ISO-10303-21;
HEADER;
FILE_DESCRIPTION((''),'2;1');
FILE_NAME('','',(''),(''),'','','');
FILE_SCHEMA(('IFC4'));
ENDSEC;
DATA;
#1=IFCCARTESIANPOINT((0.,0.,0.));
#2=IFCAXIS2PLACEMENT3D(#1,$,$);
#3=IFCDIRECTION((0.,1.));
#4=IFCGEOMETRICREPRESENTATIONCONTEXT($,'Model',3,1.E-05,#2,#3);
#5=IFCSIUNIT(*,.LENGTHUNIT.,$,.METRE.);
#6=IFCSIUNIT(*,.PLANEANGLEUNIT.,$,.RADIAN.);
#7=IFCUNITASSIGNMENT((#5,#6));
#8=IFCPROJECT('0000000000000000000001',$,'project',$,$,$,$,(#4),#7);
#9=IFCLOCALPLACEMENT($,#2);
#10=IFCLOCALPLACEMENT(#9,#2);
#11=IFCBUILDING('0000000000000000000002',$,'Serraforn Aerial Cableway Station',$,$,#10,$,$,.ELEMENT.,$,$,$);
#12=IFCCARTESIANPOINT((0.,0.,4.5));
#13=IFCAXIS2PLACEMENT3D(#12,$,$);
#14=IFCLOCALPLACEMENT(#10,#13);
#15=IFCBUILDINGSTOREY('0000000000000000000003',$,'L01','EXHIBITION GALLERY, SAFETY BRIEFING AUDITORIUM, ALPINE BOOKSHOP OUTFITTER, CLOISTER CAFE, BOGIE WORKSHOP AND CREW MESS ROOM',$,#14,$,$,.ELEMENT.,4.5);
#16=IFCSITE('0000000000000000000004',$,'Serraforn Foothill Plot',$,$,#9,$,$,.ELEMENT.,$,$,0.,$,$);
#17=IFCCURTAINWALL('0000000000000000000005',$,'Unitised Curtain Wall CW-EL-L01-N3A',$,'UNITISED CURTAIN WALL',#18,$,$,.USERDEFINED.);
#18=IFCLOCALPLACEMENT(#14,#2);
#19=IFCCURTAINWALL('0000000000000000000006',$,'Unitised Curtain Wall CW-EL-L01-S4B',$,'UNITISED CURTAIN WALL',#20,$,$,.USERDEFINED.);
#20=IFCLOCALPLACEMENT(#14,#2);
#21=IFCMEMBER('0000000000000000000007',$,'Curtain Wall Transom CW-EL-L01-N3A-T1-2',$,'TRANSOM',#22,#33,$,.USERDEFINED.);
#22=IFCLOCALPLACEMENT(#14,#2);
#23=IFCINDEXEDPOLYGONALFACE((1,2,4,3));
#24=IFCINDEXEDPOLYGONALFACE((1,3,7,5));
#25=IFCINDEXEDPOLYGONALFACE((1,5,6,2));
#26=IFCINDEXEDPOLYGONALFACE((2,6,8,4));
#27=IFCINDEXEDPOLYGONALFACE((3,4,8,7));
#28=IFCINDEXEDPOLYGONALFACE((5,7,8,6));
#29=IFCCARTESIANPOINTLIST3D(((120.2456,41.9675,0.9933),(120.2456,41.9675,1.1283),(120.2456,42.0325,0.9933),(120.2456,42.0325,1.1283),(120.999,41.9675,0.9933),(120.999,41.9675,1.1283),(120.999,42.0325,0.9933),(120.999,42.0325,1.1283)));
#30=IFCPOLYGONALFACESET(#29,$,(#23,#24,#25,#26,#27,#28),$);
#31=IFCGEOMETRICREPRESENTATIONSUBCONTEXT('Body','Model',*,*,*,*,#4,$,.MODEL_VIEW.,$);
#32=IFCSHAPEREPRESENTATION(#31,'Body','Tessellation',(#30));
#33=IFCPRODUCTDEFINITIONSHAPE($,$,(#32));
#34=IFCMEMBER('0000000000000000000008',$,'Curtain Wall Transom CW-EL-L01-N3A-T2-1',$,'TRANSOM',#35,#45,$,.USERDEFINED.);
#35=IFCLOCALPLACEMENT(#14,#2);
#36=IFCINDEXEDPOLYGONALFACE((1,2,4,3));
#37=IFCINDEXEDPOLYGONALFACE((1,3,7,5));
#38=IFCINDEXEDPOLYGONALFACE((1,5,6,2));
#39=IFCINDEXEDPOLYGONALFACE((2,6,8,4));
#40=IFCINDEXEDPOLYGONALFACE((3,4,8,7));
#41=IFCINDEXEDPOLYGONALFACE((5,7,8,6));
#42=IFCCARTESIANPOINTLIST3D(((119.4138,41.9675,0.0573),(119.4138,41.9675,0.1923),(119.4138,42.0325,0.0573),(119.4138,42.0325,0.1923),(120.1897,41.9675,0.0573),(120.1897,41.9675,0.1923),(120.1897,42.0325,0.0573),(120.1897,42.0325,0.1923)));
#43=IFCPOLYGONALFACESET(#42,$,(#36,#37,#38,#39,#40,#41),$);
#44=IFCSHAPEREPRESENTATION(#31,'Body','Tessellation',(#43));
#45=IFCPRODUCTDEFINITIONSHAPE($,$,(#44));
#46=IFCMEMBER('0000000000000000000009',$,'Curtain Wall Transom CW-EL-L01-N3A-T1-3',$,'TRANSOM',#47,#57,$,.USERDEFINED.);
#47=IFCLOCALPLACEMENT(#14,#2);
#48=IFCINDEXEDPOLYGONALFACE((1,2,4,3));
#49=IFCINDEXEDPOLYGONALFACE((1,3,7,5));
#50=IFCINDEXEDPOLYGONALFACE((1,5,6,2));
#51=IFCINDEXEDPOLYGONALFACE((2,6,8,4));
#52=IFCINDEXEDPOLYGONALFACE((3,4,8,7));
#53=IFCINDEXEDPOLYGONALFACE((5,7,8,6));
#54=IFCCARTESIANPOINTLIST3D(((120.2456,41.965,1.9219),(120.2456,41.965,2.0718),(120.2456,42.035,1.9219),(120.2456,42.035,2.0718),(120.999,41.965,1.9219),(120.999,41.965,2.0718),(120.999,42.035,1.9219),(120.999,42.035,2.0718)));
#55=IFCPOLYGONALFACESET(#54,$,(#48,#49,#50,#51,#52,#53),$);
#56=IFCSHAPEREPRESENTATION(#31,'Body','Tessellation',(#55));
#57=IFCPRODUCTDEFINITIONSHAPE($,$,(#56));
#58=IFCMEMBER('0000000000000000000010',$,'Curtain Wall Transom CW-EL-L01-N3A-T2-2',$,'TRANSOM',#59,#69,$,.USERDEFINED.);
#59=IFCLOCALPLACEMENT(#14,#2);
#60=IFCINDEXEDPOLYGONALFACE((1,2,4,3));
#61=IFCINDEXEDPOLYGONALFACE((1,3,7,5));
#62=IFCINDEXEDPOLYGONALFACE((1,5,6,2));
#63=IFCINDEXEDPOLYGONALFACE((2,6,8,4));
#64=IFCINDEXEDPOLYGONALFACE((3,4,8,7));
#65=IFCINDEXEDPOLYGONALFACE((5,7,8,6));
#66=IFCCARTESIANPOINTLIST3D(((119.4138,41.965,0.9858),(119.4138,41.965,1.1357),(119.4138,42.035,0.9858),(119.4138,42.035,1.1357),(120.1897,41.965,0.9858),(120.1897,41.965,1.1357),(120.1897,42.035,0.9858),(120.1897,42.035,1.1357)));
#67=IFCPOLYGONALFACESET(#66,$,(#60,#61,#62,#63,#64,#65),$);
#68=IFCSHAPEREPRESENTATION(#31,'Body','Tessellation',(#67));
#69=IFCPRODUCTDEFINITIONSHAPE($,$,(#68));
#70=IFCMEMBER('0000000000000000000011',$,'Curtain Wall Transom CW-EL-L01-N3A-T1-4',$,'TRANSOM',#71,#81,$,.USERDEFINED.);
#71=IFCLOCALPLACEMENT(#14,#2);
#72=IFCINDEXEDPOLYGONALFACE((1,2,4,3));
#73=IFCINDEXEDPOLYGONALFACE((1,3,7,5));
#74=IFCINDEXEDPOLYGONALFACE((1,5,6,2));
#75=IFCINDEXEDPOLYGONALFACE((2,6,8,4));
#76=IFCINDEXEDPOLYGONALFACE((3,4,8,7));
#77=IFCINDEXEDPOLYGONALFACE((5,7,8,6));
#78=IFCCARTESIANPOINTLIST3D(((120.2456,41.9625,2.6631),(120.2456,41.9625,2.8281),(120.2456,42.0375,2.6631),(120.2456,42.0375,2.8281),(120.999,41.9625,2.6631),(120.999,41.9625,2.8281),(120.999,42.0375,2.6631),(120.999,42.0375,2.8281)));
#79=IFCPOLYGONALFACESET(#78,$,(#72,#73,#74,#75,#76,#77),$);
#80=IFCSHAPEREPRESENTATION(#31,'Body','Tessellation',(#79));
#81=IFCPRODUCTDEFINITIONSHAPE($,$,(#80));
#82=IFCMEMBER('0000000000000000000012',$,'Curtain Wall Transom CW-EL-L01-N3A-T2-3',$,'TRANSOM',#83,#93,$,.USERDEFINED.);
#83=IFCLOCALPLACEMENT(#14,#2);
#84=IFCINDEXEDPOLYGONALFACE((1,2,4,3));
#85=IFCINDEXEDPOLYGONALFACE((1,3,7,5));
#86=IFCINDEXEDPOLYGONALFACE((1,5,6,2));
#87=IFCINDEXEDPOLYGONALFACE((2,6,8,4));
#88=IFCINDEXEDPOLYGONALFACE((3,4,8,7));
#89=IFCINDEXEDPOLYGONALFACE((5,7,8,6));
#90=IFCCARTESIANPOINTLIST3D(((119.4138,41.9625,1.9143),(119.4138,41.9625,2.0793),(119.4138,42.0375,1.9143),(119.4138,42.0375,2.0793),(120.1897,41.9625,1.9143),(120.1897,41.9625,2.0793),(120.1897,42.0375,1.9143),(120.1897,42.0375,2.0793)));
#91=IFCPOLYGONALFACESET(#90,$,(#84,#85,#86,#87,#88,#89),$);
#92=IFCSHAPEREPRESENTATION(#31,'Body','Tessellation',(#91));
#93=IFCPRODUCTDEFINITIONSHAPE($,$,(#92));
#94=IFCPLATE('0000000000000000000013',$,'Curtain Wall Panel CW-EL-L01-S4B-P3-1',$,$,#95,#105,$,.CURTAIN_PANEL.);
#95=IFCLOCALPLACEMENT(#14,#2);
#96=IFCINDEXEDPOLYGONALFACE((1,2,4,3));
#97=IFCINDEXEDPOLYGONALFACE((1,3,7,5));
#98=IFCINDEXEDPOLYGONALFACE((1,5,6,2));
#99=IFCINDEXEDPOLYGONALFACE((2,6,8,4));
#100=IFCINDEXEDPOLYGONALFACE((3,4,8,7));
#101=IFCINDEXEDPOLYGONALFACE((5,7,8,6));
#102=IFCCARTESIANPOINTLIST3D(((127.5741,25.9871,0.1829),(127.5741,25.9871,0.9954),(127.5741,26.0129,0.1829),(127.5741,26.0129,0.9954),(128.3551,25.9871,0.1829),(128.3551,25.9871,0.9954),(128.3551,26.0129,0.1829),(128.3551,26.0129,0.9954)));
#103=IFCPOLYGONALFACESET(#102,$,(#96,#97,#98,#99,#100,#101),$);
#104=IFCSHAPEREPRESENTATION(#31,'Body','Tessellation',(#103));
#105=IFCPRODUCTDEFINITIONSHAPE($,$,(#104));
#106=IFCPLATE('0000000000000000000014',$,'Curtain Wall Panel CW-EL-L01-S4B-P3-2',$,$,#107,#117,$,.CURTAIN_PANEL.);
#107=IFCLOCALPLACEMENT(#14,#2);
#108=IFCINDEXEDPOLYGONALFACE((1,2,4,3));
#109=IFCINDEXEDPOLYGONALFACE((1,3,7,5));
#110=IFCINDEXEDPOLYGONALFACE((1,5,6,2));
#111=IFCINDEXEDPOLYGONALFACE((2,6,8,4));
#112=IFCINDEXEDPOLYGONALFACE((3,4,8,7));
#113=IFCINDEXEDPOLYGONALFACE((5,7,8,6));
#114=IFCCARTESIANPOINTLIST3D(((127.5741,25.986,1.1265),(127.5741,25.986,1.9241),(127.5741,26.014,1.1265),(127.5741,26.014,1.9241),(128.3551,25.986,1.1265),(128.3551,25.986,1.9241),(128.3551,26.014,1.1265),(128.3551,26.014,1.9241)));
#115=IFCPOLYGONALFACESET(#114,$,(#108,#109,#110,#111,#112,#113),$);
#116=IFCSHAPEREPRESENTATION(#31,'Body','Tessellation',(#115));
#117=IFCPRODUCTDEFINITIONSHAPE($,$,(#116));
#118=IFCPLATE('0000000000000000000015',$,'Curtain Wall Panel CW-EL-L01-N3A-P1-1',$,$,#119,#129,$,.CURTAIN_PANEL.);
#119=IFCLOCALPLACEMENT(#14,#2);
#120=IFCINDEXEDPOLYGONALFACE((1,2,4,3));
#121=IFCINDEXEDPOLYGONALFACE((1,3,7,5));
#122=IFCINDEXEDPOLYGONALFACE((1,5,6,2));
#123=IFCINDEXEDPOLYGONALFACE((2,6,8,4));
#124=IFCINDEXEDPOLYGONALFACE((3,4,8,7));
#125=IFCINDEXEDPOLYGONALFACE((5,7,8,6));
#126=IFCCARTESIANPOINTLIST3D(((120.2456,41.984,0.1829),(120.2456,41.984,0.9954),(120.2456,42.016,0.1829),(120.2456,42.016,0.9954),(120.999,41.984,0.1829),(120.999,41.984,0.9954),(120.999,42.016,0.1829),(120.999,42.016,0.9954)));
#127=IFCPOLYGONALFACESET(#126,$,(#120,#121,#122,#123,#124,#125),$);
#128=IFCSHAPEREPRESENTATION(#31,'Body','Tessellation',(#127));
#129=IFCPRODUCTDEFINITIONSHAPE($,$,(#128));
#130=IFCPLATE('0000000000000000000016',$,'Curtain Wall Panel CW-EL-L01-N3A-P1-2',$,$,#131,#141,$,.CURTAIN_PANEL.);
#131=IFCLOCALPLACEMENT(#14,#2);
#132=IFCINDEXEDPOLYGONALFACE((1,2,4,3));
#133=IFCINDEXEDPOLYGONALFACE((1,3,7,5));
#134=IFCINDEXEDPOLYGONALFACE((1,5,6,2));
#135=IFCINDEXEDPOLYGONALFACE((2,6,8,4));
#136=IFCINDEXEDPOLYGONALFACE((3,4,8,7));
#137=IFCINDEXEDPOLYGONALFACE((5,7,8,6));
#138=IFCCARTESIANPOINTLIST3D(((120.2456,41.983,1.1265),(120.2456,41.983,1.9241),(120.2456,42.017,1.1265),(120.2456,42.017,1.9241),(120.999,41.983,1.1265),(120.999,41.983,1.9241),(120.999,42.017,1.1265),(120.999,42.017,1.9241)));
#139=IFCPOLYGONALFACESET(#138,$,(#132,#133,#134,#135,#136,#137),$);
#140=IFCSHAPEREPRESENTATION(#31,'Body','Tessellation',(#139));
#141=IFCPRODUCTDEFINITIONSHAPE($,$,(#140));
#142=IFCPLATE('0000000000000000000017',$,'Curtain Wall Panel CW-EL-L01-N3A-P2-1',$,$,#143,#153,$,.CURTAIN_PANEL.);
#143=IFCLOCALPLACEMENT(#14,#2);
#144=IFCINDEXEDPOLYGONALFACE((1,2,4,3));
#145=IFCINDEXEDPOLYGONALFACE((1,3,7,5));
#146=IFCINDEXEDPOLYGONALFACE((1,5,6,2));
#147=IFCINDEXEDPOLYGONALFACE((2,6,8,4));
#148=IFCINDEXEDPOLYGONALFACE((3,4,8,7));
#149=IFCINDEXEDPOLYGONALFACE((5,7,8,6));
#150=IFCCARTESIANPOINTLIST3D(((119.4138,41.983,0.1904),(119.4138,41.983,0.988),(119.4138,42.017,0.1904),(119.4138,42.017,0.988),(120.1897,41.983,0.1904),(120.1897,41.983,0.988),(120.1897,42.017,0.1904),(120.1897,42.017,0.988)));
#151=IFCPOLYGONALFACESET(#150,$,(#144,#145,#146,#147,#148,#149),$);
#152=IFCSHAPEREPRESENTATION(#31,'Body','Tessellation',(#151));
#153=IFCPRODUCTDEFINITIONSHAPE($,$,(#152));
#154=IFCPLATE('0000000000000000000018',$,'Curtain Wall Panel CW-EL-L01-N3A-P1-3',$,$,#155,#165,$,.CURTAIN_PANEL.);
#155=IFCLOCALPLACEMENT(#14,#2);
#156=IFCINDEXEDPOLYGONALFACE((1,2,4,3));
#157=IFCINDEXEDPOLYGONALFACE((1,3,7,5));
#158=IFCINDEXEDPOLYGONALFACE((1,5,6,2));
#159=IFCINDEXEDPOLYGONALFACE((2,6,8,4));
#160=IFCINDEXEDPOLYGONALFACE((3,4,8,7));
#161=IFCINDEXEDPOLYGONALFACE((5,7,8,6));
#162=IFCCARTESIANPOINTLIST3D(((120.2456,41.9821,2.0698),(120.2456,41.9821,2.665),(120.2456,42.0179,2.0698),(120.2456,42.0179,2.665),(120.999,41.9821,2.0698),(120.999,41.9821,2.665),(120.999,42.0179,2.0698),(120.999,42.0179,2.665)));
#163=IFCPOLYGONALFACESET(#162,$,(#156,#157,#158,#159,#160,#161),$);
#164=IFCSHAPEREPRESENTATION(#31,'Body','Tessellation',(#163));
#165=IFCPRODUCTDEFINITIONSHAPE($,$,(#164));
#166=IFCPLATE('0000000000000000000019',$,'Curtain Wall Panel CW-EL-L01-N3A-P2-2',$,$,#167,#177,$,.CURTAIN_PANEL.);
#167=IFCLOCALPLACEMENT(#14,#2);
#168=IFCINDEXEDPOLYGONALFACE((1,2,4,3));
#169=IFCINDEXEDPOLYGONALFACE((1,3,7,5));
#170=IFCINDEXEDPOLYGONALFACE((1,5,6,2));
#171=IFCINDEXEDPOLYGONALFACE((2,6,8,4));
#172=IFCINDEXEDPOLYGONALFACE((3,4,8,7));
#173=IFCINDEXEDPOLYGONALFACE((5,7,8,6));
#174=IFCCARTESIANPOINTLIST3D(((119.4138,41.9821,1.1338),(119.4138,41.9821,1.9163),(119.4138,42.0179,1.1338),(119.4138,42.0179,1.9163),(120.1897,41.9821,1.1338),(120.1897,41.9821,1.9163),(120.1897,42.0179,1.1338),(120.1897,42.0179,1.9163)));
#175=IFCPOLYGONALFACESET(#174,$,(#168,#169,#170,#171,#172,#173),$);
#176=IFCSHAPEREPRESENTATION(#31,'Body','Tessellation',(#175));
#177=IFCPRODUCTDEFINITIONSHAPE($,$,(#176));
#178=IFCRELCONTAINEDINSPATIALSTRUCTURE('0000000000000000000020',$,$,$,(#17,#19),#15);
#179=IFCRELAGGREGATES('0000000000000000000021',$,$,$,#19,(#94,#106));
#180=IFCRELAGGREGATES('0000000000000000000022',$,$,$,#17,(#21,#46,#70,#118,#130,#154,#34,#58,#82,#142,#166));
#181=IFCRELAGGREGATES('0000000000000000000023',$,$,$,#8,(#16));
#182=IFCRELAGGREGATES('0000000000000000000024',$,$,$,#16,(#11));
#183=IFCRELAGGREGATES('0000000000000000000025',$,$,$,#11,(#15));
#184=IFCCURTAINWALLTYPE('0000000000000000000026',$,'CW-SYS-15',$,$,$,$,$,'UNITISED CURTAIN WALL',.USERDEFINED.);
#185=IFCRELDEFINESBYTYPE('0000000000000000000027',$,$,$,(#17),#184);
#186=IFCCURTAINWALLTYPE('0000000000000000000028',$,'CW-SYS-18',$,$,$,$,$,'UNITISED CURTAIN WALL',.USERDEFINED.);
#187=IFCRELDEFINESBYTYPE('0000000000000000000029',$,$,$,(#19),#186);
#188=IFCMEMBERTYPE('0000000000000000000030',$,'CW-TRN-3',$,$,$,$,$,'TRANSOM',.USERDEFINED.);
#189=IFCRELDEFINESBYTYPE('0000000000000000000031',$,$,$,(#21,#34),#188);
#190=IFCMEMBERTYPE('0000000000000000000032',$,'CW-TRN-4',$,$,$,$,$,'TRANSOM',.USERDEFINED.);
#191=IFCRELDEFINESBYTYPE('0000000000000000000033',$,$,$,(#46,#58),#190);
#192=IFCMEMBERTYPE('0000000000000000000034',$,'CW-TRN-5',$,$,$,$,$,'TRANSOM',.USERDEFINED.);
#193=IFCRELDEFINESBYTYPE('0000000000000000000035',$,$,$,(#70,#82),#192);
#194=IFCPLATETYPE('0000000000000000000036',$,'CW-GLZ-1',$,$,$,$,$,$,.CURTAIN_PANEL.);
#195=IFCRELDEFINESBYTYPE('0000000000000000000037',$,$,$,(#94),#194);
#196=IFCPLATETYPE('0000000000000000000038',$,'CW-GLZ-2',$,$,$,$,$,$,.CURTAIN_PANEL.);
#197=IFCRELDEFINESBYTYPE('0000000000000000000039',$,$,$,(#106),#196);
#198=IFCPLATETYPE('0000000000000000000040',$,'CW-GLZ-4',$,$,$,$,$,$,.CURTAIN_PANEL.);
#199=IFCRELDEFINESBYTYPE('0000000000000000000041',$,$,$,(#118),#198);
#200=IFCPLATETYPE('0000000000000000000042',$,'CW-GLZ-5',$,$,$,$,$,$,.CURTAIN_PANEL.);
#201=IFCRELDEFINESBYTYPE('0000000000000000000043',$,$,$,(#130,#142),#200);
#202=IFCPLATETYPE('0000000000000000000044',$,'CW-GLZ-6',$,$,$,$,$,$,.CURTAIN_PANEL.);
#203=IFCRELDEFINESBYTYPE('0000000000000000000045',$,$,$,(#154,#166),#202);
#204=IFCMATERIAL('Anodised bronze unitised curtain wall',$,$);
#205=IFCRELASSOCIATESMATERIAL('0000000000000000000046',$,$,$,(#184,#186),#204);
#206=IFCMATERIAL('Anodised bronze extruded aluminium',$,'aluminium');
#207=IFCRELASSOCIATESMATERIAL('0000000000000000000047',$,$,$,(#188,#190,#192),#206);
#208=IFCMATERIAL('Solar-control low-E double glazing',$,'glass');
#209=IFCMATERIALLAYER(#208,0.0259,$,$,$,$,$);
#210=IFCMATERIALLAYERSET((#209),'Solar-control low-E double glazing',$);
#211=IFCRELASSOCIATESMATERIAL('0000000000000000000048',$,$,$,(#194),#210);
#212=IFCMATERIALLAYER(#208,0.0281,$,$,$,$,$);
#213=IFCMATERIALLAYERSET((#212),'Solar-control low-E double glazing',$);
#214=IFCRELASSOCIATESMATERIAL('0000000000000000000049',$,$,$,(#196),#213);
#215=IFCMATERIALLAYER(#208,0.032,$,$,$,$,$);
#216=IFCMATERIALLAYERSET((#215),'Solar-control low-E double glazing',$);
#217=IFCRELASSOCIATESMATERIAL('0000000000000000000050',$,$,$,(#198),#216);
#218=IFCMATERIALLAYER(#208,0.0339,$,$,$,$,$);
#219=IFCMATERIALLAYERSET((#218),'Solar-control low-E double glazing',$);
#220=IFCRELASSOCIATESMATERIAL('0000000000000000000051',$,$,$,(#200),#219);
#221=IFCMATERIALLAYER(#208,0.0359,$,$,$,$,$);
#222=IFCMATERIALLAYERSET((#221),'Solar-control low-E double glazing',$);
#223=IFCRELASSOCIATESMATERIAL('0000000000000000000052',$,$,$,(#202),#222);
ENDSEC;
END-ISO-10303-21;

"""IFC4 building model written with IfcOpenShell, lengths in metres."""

from ifc_helpers import new_model, si_unit, direction, frame, origin, origin_2d, place, context, subcontext, project, spatial, rectangle, extrude, material, layer, layer_set, material_profile, profile_set, type_object, element, aggregate, save


model = new_model("IFC4")

# Units and contexts
model_context = context("Model", 3, precision=1e-05, world=origin(), true_north=direction((0.0, 1.0)))
body_context = subcontext(model_context, "Body", "Model", "MODEL_VIEW")
ifc_project = project(units=[si_unit("LENGTHUNIT", "METRE"), si_unit("PLANEANGLEUNIT", "RADIAN")], contexts=[model_context])

# Site, building, storey
site_placement = place(None, origin())
site = spatial("IfcSite", under=ifc_project, at=site_placement, Name="Serraforn Foothill Plot", CompositionType="ELEMENT", RefElevation=0.0)
building_placement = place(site_placement, origin())
building = spatial("IfcBuilding", under=site, at=building_placement, Name="Serraforn Aerial Cableway Station", CompositionType="ELEMENT")
storey_placement = place(building_placement, frame((0.0, 0.0, 4.5)))
storey = spatial("IfcBuildingStorey", under=building, at=storey_placement, Name="L01", Description="EXHIBITION GALLERY, SAFETY BRIEFING AUDITORIUM, ALPINE BOOKSHOP OUTFITTER, CLOISTER CAFE, BOGIE WORKSHOP AND CREW MESS ROOM", CompositionType="ELEMENT", Elevation=4.5)

# Curtain wall
ifc_material_1 = material(Name="Anodised bronze unitised curtain wall")
curtain_wall_type_1 = type_object("IfcCurtainWallType", Name="CW-SYS-15", ElementType="UNITISED CURTAIN WALL", PredefinedType="USERDEFINED", material=ifc_material_1)
curtain_wall_1_placement = place(storey_placement, origin())
curtain_wall_1 = element("IfcCurtainWall", 1, at=curtain_wall_1_placement, inside=storey, type_object=curtain_wall_type_1, Name="Unitised Curtain Wall CW-EL-L01-N3A", ObjectType="UNITISED CURTAIN WALL", PredefinedType="USERDEFINED")
ifc_material_2 = material(Name="Anodised bronze extruded aluminium", Category="aluminium")

# Curtain wall
curtain_wall_type_2 = type_object("IfcCurtainWallType", Name="CW-SYS-18", ElementType="UNITISED CURTAIN WALL", PredefinedType="USERDEFINED", material=ifc_material_1)
curtain_wall_2_placement = place(storey_placement, origin())
curtain_wall_2 = element("IfcCurtainWall", 2, at=curtain_wall_2_placement, inside=storey, type_object=curtain_wall_type_2, Name="Unitised Curtain Wall CW-EL-L01-S4B", ObjectType="UNITISED CURTAIN WALL", PredefinedType="USERDEFINED")

# Members
ifc_material_profile_1 = material_profile(ifc_material_2, rectangle(XDim=0.0649, YDim=0.135, at=origin_2d()), Name="CW TRANSOM 65x135")
ifc_profile_set_1 = profile_set([ifc_material_profile_1], Name="Anodised bronze extruded aluminium")
member_type_1 = type_object("IfcMemberType", Name="CW-TRN-3", ElementType="TRANSOM", PredefinedType="USERDEFINED", material=ifc_profile_set_1)
member_1_placement = place(storey_placement, frame((120.999, 42.0, 1.0608), z_axis=(-1.0, 0.0, 0.0), x_axis=(0.0, -1.0, 0.0)))
member_1 = element("IfcMember", 3, at=member_1_placement, type_object=member_type_1, Name="Curtain Wall Transom CW-EL-L01-N3A-T1-2", ObjectType="TRANSOM", PredefinedType="USERDEFINED", context=body_context, shape_type="SweptSolid", body=[
    extrude(rectangle(XDim=0.0649, YDim=0.135, at=origin_2d()), origin(), (0.0, 0.0, 1.0), 0.7534),
])
member_2_placement = place(storey_placement, frame((120.1897, 42.0, 0.1248), z_axis=(-1.0, 0.0, 0.0), x_axis=(0.0, -1.0, 0.0)))
member_2 = element("IfcMember", 4, at=member_2_placement, type_object=member_type_1, Name="Curtain Wall Transom CW-EL-L01-N3A-T2-1", ObjectType="TRANSOM", PredefinedType="USERDEFINED", context=body_context, shape_type="SweptSolid", body=[
    extrude(rectangle(XDim=0.0649, YDim=0.135, at=origin_2d()), origin(), (0.0, 0.0, 1.0), 0.7759),
])
ifc_material_profile_2 = material_profile(ifc_material_2, rectangle(XDim=0.0701, YDim=0.1499, at=origin_2d()), Name="CW TRANSOM 70x150")
ifc_profile_set_2 = profile_set([ifc_material_profile_2], Name="Anodised bronze extruded aluminium")
member_type_2 = type_object("IfcMemberType", Name="CW-TRN-4", ElementType="TRANSOM", PredefinedType="USERDEFINED", material=ifc_profile_set_2)
member_3_placement = place(storey_placement, frame((120.999, 42.0, 1.9968), z_axis=(-1.0, 0.0, 0.0), x_axis=(0.0, -1.0, 0.0)))
member_3 = element("IfcMember", 5, at=member_3_placement, type_object=member_type_2, Name="Curtain Wall Transom CW-EL-L01-N3A-T1-3", ObjectType="TRANSOM", PredefinedType="USERDEFINED", context=body_context, shape_type="SweptSolid", body=[
    extrude(rectangle(XDim=0.0701, YDim=0.1499, at=origin_2d()), origin(), (0.0, 0.0, 1.0), 0.7534),
])
member_4_placement = place(storey_placement, frame((120.1897, 42.0, 1.0608), z_axis=(-1.0, 0.0, 0.0), x_axis=(0.0, -1.0, 0.0)))
member_4 = element("IfcMember", 6, at=member_4_placement, type_object=member_type_2, Name="Curtain Wall Transom CW-EL-L01-N3A-T2-2", ObjectType="TRANSOM", PredefinedType="USERDEFINED", context=body_context, shape_type="SweptSolid", body=[
    extrude(rectangle(XDim=0.0701, YDim=0.1499, at=origin_2d()), origin(), (0.0, 0.0, 1.0), 0.7759),
])
ifc_material_profile_3 = material_profile(ifc_material_2, rectangle(XDim=0.075, YDim=0.165, at=origin_2d()), Name="CW TRANSOM 75x165")
ifc_profile_set_3 = profile_set([ifc_material_profile_3], Name="Anodised bronze extruded aluminium")
member_type_3 = type_object("IfcMemberType", Name="CW-TRN-5", ElementType="TRANSOM", PredefinedType="USERDEFINED", material=ifc_profile_set_3)
member_5_placement = place(storey_placement, frame((120.999, 42.0, 2.7456), z_axis=(-1.0, 0.0, 0.0), x_axis=(0.0, -1.0, 0.0)))
member_5 = element("IfcMember", 7, at=member_5_placement, type_object=member_type_3, Name="Curtain Wall Transom CW-EL-L01-N3A-T1-4", ObjectType="TRANSOM", PredefinedType="USERDEFINED", context=body_context, shape_type="SweptSolid", body=[
    extrude(rectangle(XDim=0.075, YDim=0.165, at=origin_2d()), origin(), (0.0, 0.0, 1.0), 0.7534),
])
member_6_placement = place(storey_placement, frame((120.1897, 42.0, 1.9968), z_axis=(-1.0, 0.0, 0.0), x_axis=(0.0, -1.0, 0.0)))
member_6 = element("IfcMember", 8, at=member_6_placement, type_object=member_type_3, Name="Curtain Wall Transom CW-EL-L01-N3A-T2-3", ObjectType="TRANSOM", PredefinedType="USERDEFINED", context=body_context, shape_type="SweptSolid", body=[
    extrude(rectangle(XDim=0.075, YDim=0.165, at=origin_2d()), origin(), (0.0, 0.0, 1.0), 0.7759),
])

# Plates
ifc_material_3 = material(Name="Solar-control low-E double glazing", Category="glass")
ifc_layer_1 = layer(ifc_material_3, 0.0259)
ifc_layer_set_1 = layer_set([ifc_layer_1], Name="Solar-control low-E double glazing")
plate_type_1 = type_object("IfcPlateType", Name="CW-GLZ-1", PredefinedType="CURTAIN_PANEL", material=ifc_layer_set_1)
plate_1_placement = place(storey_placement, frame((127.9646, 26.0, 0.1829), z_axis=(0.0, 0.0, 1.0), x_axis=(1.0, 0.0, 0.0)))
plate_1 = element("IfcPlate", 9, at=plate_1_placement, type_object=plate_type_1, Name="Curtain Wall Panel CW-EL-L01-S4B-P3-1", PredefinedType="CURTAIN_PANEL", context=body_context, shape_type="SweptSolid", body=[
    extrude(rectangle(XDim=0.781, YDim=0.0259, at=origin_2d()), origin(), (0.0, 0.0, 1.0), 0.8125),
])
ifc_layer_2 = layer(ifc_material_3, 0.0281)
ifc_layer_set_2 = layer_set([ifc_layer_2], Name="Solar-control low-E double glazing")
plate_type_2 = type_object("IfcPlateType", Name="CW-GLZ-2", PredefinedType="CURTAIN_PANEL", material=ifc_layer_set_2)
plate_2_placement = place(storey_placement, frame((127.9646, 26.0, 1.1265), z_axis=(0.0, 0.0, 1.0), x_axis=(1.0, 0.0, 0.0)))
plate_2 = element("IfcPlate", 10, at=plate_2_placement, type_object=plate_type_2, Name="Curtain Wall Panel CW-EL-L01-S4B-P3-2", PredefinedType="CURTAIN_PANEL", context=body_context, shape_type="SweptSolid", body=[
    extrude(rectangle(XDim=0.781, YDim=0.0281, at=origin_2d()), origin(), (0.0, 0.0, 1.0), 0.7976),
])
aggregate(curtain_wall_2, [plate_1, plate_2])
ifc_layer_3 = layer(ifc_material_3, 0.032)
ifc_layer_set_3 = layer_set([ifc_layer_3], Name="Solar-control low-E double glazing")
plate_type_3 = type_object("IfcPlateType", Name="CW-GLZ-4", PredefinedType="CURTAIN_PANEL", material=ifc_layer_set_3)
plate_3_placement = place(storey_placement, frame((120.6223, 42.0, 0.1829), z_axis=(0.0, 0.0, 1.0), x_axis=(1.0, 0.0, 0.0)))
plate_3 = element("IfcPlate", 11, at=plate_3_placement, type_object=plate_type_3, Name="Curtain Wall Panel CW-EL-L01-N3A-P1-1", PredefinedType="CURTAIN_PANEL", context=body_context, shape_type="SweptSolid", body=[
    extrude(rectangle(XDim=0.7534, YDim=0.032, at=origin_2d()), origin(), (0.0, 0.0, 1.0), 0.8125),
])
ifc_layer_4 = layer(ifc_material_3, 0.0339)
ifc_layer_set_4 = layer_set([ifc_layer_4], Name="Solar-control low-E double glazing")
plate_type_4 = type_object("IfcPlateType", Name="CW-GLZ-5", PredefinedType="CURTAIN_PANEL", material=ifc_layer_set_4)
plate_4_placement = place(storey_placement, frame((120.6223, 42.0, 1.1265), z_axis=(0.0, 0.0, 1.0), x_axis=(1.0, 0.0, 0.0)))
plate_4 = element("IfcPlate", 12, at=plate_4_placement, type_object=plate_type_4, Name="Curtain Wall Panel CW-EL-L01-N3A-P1-2", PredefinedType="CURTAIN_PANEL", context=body_context, shape_type="SweptSolid", body=[
    extrude(rectangle(XDim=0.7534, YDim=0.0339, at=origin_2d()), origin(), (0.0, 0.0, 1.0), 0.7976),
])
plate_5_placement = place(storey_placement, frame((119.8018, 42.0, 0.1904), z_axis=(0.0, 0.0, 1.0), x_axis=(1.0, 0.0, 0.0)))
plate_5 = element("IfcPlate", 13, at=plate_5_placement, type_object=plate_type_4, Name="Curtain Wall Panel CW-EL-L01-N3A-P2-1", PredefinedType="CURTAIN_PANEL", context=body_context, shape_type="SweptSolid", body=[
    extrude(rectangle(XDim=0.7759, YDim=0.0339, at=origin_2d()), origin(), (0.0, 0.0, 1.0), 0.7976),
])
ifc_layer_5 = layer(ifc_material_3, 0.0359)
ifc_layer_set_5 = layer_set([ifc_layer_5], Name="Solar-control low-E double glazing")
plate_type_5 = type_object("IfcPlateType", Name="CW-GLZ-6", PredefinedType="CURTAIN_PANEL", material=ifc_layer_set_5)
plate_6_placement = place(storey_placement, frame((120.6223, 42.0, 2.0698), z_axis=(0.0, 0.0, 1.0), x_axis=(1.0, 0.0, 0.0)))
plate_6 = element("IfcPlate", 14, at=plate_6_placement, type_object=plate_type_5, Name="Curtain Wall Panel CW-EL-L01-N3A-P1-3", PredefinedType="CURTAIN_PANEL", context=body_context, shape_type="SweptSolid", body=[
    extrude(rectangle(XDim=0.7534, YDim=0.0359, at=origin_2d()), origin(), (0.0, 0.0, 1.0), 0.5952),
])
plate_7_placement = place(storey_placement, frame((119.8018, 42.0, 1.1338), z_axis=(0.0, 0.0, 1.0), x_axis=(1.0, 0.0, 0.0)))
plate_7 = element("IfcPlate", 15, at=plate_7_placement, type_object=plate_type_5, Name="Curtain Wall Panel CW-EL-L01-N3A-P2-2", PredefinedType="CURTAIN_PANEL", context=body_context, shape_type="SweptSolid", body=[
    extrude(rectangle(XDim=0.7759, YDim=0.0359, at=origin_2d()), origin(), (0.0, 0.0, 1.0), 0.7825),
])
aggregate(curtain_wall_1, [member_1, member_3, member_5, plate_3, plate_4, plate_6, member_2, member_4, member_6, plate_5, plate_7])

save(model, "model.ifc")
